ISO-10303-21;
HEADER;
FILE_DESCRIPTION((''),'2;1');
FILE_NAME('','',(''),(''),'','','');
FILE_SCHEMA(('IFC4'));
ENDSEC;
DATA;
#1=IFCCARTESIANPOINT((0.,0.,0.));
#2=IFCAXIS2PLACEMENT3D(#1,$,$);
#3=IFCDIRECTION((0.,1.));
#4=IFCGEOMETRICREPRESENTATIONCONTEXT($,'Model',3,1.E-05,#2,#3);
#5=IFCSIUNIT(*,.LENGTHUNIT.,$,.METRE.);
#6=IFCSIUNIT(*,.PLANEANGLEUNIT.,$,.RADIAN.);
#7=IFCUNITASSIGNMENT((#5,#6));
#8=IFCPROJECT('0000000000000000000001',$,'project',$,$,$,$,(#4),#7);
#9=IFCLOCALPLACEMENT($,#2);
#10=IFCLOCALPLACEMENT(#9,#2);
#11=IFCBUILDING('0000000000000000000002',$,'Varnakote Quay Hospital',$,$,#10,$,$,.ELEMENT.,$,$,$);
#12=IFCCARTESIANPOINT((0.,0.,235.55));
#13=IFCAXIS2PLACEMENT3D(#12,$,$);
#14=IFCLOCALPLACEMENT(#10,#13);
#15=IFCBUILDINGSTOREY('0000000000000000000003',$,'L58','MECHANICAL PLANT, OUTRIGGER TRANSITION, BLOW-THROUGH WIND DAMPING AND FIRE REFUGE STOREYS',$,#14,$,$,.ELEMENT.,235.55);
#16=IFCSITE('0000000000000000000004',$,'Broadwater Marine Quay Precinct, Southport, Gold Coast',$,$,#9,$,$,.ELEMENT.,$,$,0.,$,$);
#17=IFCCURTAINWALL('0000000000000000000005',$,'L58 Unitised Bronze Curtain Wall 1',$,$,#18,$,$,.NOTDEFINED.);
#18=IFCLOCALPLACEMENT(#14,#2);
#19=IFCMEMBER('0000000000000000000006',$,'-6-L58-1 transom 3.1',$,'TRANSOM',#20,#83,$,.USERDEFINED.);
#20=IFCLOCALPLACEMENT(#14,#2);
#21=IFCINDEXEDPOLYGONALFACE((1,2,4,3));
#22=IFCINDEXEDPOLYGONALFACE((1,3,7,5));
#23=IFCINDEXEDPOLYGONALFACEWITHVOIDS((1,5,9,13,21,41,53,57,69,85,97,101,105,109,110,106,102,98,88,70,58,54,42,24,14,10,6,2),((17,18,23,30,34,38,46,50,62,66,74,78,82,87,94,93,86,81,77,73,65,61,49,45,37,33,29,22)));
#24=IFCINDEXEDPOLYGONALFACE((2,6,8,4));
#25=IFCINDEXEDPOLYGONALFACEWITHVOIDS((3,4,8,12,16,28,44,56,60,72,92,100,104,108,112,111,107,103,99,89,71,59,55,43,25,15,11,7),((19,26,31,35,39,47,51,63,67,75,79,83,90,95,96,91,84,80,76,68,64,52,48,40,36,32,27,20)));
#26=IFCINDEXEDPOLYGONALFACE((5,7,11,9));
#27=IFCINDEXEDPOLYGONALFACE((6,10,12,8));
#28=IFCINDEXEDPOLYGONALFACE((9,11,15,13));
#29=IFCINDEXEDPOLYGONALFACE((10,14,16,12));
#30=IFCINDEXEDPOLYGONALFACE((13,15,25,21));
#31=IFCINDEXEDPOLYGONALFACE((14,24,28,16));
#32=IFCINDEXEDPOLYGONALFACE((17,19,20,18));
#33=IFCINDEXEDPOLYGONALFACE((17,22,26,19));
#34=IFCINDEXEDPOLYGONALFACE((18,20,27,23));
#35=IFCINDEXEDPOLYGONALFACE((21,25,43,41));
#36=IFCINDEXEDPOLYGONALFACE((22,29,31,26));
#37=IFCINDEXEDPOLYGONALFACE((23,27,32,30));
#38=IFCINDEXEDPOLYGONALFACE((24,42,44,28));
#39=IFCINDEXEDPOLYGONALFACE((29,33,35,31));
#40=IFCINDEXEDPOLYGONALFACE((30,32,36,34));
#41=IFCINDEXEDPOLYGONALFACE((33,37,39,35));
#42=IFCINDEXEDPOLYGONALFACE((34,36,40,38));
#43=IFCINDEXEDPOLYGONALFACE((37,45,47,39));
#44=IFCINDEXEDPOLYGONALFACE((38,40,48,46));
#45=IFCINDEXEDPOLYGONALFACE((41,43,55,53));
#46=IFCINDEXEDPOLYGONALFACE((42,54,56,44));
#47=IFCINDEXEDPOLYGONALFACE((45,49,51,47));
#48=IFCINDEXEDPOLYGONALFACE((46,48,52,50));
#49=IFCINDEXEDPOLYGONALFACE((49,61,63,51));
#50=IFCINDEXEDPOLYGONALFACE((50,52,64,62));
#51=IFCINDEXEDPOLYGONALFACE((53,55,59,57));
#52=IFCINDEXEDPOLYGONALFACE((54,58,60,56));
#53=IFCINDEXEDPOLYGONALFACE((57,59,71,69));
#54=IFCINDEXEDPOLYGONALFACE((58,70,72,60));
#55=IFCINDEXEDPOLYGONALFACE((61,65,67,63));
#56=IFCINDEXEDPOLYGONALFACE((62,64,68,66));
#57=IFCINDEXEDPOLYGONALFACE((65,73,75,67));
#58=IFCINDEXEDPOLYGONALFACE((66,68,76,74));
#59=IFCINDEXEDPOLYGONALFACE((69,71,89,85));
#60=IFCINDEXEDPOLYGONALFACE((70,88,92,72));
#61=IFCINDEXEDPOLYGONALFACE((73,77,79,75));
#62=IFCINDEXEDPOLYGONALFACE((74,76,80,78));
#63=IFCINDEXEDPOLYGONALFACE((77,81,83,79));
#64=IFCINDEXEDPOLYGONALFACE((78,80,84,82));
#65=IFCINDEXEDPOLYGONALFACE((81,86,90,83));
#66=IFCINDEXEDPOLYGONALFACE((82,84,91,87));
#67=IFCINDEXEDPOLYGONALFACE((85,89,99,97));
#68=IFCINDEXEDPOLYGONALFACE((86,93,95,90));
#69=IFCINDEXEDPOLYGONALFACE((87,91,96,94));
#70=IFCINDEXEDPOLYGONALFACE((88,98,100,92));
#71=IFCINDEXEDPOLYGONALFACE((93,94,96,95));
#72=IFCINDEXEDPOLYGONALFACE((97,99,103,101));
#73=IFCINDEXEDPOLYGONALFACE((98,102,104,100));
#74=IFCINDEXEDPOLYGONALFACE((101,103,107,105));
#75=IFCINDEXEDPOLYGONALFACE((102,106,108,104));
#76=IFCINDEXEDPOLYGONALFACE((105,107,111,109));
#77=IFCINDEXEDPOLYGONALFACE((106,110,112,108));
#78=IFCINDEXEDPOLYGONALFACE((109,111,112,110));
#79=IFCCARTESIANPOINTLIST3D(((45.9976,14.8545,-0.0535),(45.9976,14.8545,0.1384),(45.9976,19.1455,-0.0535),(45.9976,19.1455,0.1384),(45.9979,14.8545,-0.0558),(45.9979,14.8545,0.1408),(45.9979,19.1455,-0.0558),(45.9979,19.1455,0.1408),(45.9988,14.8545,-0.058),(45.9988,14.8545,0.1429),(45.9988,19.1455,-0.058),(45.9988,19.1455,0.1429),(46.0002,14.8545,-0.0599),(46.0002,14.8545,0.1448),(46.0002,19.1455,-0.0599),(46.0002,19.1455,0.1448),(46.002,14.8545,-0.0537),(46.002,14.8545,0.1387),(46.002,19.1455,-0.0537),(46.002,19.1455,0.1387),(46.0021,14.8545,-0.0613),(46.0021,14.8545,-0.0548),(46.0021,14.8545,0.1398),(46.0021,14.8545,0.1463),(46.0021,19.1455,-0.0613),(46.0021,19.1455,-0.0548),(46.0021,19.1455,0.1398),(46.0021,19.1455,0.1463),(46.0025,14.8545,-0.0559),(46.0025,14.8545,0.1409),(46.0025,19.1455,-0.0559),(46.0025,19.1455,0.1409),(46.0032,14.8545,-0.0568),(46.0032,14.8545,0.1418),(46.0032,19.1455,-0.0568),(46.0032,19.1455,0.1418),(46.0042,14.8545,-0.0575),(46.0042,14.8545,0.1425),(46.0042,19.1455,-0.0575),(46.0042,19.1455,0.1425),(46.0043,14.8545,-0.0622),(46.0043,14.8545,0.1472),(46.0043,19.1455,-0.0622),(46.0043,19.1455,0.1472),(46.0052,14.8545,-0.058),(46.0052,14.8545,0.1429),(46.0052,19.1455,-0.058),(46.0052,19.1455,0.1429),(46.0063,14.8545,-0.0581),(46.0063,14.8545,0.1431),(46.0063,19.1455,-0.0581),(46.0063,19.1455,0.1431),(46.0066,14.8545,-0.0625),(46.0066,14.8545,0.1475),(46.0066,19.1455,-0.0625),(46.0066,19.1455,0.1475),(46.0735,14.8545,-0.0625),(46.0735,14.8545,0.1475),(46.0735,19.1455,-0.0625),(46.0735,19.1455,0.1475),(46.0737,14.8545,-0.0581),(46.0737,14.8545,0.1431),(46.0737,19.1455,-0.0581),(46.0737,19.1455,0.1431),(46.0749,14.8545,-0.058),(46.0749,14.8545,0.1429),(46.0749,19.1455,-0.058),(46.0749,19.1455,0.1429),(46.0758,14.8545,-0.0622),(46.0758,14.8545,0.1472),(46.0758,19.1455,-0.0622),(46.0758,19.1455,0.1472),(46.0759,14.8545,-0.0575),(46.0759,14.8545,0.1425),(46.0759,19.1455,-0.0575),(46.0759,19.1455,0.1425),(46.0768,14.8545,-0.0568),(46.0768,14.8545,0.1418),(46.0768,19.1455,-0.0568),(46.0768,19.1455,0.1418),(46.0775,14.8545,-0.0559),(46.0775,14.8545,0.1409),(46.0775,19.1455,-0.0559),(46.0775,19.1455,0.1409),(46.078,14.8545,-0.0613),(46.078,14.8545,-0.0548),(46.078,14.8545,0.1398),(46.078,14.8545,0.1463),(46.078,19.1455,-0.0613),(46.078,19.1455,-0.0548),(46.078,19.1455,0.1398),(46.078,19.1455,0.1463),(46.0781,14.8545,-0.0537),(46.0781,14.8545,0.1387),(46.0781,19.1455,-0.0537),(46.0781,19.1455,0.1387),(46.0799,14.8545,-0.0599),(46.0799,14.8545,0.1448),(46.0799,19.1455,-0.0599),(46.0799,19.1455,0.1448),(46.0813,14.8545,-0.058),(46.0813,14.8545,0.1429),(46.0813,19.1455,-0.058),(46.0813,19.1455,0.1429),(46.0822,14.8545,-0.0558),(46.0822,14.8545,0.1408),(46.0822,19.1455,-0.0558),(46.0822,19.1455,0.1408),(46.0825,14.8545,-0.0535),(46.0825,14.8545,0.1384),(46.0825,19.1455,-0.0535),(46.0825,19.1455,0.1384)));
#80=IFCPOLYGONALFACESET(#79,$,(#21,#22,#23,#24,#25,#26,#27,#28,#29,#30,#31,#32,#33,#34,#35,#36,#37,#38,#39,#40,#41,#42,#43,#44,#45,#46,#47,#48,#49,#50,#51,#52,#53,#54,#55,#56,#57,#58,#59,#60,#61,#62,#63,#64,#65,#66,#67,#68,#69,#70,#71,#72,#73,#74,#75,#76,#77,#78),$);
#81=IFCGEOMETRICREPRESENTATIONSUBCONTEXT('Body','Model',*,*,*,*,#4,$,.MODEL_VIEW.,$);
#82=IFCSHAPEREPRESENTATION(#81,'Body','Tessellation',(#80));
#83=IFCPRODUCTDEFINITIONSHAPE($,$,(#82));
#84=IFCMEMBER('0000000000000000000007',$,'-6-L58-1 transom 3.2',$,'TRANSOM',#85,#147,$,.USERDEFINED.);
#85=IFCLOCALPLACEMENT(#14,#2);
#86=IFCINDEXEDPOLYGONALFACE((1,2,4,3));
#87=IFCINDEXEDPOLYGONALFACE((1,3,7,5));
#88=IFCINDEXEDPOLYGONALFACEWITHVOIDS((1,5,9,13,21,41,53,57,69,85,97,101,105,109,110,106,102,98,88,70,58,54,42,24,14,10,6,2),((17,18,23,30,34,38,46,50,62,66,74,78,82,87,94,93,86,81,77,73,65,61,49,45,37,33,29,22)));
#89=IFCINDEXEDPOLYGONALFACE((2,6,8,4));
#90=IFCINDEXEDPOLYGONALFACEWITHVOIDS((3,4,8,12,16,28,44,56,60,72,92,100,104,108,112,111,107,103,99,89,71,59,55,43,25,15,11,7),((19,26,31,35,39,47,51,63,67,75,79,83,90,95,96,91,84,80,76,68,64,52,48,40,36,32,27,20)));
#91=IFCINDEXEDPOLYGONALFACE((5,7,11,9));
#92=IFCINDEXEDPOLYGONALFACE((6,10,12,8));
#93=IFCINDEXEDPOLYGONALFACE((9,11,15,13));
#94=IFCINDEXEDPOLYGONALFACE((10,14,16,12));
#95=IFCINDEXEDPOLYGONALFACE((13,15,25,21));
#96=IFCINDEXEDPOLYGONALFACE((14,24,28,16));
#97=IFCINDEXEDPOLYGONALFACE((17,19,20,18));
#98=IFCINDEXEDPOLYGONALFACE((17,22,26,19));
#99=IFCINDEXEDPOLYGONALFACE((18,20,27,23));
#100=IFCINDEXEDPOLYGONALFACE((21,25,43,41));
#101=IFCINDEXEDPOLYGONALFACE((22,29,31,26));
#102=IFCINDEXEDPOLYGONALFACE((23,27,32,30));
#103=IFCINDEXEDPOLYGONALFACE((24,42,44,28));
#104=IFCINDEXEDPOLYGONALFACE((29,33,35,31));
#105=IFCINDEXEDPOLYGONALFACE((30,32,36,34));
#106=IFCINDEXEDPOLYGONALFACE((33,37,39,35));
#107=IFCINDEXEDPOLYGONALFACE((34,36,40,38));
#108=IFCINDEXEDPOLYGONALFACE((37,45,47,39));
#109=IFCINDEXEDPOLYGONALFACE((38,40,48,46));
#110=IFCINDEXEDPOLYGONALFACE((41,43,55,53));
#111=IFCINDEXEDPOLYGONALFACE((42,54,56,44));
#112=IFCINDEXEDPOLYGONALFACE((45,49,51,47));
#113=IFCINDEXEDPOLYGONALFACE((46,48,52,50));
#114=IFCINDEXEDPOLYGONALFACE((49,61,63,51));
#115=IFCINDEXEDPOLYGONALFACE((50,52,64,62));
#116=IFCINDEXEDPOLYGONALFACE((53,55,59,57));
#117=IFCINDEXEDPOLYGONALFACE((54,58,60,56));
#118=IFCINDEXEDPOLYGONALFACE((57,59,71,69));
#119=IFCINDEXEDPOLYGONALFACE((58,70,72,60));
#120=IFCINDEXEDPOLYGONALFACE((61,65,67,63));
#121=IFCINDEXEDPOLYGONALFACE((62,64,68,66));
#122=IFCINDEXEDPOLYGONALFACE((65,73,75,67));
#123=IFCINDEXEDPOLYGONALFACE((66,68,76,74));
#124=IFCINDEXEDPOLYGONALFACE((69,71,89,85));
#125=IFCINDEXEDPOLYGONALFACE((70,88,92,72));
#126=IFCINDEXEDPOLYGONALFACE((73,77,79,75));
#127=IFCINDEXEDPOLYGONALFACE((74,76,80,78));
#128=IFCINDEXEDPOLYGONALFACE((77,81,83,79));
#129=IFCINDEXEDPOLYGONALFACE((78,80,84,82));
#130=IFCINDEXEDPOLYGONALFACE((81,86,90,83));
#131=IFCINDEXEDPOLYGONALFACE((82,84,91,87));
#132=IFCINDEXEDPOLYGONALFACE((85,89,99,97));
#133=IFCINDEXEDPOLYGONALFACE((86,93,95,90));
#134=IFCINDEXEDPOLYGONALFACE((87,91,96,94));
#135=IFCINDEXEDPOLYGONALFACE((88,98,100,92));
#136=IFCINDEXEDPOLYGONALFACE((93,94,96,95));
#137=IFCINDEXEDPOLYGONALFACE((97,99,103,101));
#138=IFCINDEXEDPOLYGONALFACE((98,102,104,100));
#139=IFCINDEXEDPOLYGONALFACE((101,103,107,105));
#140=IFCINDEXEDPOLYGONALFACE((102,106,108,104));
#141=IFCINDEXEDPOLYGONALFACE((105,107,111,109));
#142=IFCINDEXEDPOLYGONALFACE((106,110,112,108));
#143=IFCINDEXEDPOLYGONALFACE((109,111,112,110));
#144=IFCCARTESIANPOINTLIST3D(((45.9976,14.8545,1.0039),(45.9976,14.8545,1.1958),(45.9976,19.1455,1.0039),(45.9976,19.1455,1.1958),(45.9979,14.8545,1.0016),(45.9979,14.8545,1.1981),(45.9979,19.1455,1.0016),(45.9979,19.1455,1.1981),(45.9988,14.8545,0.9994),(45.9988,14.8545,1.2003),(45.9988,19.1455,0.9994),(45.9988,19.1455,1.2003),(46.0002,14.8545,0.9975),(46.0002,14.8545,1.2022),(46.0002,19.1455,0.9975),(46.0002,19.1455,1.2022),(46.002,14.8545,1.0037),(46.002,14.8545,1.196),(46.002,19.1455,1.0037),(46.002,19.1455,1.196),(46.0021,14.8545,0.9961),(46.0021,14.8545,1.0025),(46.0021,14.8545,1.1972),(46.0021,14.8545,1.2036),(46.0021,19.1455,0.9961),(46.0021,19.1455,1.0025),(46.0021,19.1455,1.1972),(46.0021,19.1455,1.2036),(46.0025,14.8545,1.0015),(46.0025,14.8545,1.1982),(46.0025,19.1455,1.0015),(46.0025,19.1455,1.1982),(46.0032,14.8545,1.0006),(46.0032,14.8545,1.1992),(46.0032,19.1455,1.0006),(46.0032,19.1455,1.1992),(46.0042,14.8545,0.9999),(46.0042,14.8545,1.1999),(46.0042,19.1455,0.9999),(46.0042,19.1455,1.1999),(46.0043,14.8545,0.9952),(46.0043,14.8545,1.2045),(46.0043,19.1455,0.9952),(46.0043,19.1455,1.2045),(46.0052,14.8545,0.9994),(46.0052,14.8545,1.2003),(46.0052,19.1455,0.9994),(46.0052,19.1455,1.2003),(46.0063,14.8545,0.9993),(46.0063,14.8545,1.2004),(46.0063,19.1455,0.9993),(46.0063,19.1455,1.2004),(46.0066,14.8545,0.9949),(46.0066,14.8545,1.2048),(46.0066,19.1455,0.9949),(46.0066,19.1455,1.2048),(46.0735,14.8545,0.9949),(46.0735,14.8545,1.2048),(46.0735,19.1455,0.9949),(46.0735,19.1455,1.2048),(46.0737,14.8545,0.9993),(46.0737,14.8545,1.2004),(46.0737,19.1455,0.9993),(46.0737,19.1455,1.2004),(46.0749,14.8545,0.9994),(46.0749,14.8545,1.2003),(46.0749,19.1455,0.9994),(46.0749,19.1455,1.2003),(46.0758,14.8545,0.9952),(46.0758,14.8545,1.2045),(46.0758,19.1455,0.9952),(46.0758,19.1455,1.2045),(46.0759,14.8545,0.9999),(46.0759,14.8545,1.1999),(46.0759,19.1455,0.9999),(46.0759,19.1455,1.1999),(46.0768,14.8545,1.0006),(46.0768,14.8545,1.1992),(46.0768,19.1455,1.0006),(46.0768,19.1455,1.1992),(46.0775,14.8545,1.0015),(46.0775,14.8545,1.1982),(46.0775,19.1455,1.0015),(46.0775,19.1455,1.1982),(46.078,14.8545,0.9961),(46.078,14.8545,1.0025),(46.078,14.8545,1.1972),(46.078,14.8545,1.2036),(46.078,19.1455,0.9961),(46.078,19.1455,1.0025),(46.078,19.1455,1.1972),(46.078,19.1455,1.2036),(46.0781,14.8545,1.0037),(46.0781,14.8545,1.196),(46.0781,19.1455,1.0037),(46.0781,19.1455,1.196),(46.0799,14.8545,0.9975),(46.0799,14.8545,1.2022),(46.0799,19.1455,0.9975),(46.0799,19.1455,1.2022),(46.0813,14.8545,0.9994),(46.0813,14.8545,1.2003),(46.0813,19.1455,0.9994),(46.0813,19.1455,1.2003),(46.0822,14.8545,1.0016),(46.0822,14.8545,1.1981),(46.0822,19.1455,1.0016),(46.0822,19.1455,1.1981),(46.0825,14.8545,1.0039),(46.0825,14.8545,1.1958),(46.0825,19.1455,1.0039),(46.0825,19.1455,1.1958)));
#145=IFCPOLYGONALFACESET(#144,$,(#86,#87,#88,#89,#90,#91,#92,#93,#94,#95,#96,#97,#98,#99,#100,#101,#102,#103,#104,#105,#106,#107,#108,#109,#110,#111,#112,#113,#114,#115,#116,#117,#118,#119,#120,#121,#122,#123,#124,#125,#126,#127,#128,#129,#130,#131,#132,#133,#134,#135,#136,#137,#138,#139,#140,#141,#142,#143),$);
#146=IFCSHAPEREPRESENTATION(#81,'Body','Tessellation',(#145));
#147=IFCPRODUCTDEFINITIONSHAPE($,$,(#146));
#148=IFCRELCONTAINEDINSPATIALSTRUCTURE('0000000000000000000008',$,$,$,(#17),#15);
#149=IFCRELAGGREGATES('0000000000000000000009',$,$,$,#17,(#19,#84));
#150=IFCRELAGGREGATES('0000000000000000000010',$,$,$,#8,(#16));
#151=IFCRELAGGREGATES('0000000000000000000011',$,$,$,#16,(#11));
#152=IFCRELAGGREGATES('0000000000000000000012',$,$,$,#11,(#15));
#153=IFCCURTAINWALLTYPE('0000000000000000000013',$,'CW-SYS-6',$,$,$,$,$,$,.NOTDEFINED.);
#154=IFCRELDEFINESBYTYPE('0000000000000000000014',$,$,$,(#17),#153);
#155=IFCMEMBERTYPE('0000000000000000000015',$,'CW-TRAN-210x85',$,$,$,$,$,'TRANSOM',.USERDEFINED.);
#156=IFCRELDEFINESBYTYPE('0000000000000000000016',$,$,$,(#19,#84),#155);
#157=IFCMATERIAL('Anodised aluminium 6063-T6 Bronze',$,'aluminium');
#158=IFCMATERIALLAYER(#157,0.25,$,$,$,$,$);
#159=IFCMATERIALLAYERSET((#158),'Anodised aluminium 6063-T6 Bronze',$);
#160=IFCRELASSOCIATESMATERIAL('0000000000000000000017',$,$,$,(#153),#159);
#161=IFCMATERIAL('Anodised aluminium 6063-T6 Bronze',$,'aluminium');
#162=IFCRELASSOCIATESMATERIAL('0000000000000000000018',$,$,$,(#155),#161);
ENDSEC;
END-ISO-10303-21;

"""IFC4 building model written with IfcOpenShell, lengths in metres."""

from ifc_helpers import new_model, si_unit, direction, frame, origin, origin_2d, place, context, subcontext, project, spatial, hollow_rectangle, extrude, material, layer, layer_set, material_profile, profile_set, type_object, element, aggregate, save


model = new_model("IFC4")

# Units and contexts
model_context = context("Model", 3, precision=1e-05, world=origin(), true_north=direction((0.0, 1.0)))
body_context = subcontext(model_context, "Body", "Model", "MODEL_VIEW")
ifc_project = project(units=[si_unit("LENGTHUNIT", "METRE"), si_unit("PLANEANGLEUNIT", "RADIAN")], contexts=[model_context])

# Site, building, storey
site_placement = place(None, origin())
site = spatial("IfcSite", under=ifc_project, at=site_placement, Name="Broadwater Marine Quay Precinct, Southport, Gold Coast", CompositionType="ELEMENT", RefElevation=0.0)
building_placement = place(site_placement, origin())
building = spatial("IfcBuilding", under=site, at=building_placement, Name="Varnakote Quay Hospital", CompositionType="ELEMENT")
storey_placement = place(building_placement, frame((0.0, 0.0, 235.55)))
storey = spatial("IfcBuildingStorey", under=building, at=storey_placement, Name="L58", Description="MECHANICAL PLANT, OUTRIGGER TRANSITION, BLOW-THROUGH WIND DAMPING AND FIRE REFUGE STOREYS", CompositionType="ELEMENT", Elevation=235.55)

# Curtain wall, members
ifc_material_1 = material(Name="Anodised aluminium 6063-T6 Bronze", Category="aluminium")
ifc_layer_1 = layer(ifc_material_1, 0.25)
ifc_layer_set_1 = layer_set([ifc_layer_1], Name="Anodised aluminium 6063-T6 Bronze")
curtain_wall_type = type_object("IfcCurtainWallType", Name="CW-SYS-6", PredefinedType="NOTDEFINED", material=ifc_layer_set_1)
curtain_wall_placement = place(storey_placement, origin())
curtain_wall = element("IfcCurtainWall", 1, at=curtain_wall_placement, inside=storey, type_object=curtain_wall_type, Name="L58 Unitised Bronze Curtain Wall 1", PredefinedType="NOTDEFINED")
ifc_material_2 = material(Name="Anodised aluminium 6063-T6 Bronze", Category="aluminium")
ifc_material_profile_1 = material_profile(ifc_material_2, hollow_rectangle(XDim=0.085, YDim=0.21, WallThickness=0.0044, InnerFilletRadius=0.0044, OuterFilletRadius=0.009, at=origin_2d()), Name="CW-TRAN-210x85")
ifc_profile_set_1 = profile_set([ifc_material_profile_1], Name="Anodised aluminium 6063-T6 Bronze")
member_type_1 = type_object("IfcMemberType", Name="CW-TRAN-210x85", ElementType="TRANSOM", PredefinedType="USERDEFINED", material=ifc_profile_set_1)
member_1_placement = place(storey_placement, frame((46.04, 14.8545, 0.0425), z_axis=(0.0, 1.0, 0.0), x_axis=(-1.0, 0.0, 0.0)))
member_1 = element("IfcMember", 2, at=member_1_placement, type_object=member_type_1, Name="-6-L58-1 transom 3.1", ObjectType="TRANSOM", PredefinedType="USERDEFINED", context=body_context, shape_type="SweptSolid", body=[
    extrude(hollow_rectangle(XDim=0.085, YDim=0.21, WallThickness=0.0044, InnerFilletRadius=0.0044, OuterFilletRadius=0.009, at=origin_2d()), origin(), (0.0, 0.0, 1.0), 4.291),
])
member_2_placement = place(storey_placement, frame((46.04, 14.8545, 1.0999), z_axis=(0.0, 1.0, 0.0), x_axis=(-1.0, 0.0, 0.0)))
member_2 = element("IfcMember", 3, at=member_2_placement, type_object=member_type_1, Name="-6-L58-1 transom 3.2", ObjectType="TRANSOM", PredefinedType="USERDEFINED", context=body_context, shape_type="SweptSolid", body=[
    extrude(hollow_rectangle(XDim=0.085, YDim=0.21, WallThickness=0.0044, InnerFilletRadius=0.0044, OuterFilletRadius=0.009, at=origin_2d()), origin(), (0.0, 0.0, 1.0), 4.291),
])
aggregate(curtain_wall, [member_1, member_2])

save(model, "model.ifc")
